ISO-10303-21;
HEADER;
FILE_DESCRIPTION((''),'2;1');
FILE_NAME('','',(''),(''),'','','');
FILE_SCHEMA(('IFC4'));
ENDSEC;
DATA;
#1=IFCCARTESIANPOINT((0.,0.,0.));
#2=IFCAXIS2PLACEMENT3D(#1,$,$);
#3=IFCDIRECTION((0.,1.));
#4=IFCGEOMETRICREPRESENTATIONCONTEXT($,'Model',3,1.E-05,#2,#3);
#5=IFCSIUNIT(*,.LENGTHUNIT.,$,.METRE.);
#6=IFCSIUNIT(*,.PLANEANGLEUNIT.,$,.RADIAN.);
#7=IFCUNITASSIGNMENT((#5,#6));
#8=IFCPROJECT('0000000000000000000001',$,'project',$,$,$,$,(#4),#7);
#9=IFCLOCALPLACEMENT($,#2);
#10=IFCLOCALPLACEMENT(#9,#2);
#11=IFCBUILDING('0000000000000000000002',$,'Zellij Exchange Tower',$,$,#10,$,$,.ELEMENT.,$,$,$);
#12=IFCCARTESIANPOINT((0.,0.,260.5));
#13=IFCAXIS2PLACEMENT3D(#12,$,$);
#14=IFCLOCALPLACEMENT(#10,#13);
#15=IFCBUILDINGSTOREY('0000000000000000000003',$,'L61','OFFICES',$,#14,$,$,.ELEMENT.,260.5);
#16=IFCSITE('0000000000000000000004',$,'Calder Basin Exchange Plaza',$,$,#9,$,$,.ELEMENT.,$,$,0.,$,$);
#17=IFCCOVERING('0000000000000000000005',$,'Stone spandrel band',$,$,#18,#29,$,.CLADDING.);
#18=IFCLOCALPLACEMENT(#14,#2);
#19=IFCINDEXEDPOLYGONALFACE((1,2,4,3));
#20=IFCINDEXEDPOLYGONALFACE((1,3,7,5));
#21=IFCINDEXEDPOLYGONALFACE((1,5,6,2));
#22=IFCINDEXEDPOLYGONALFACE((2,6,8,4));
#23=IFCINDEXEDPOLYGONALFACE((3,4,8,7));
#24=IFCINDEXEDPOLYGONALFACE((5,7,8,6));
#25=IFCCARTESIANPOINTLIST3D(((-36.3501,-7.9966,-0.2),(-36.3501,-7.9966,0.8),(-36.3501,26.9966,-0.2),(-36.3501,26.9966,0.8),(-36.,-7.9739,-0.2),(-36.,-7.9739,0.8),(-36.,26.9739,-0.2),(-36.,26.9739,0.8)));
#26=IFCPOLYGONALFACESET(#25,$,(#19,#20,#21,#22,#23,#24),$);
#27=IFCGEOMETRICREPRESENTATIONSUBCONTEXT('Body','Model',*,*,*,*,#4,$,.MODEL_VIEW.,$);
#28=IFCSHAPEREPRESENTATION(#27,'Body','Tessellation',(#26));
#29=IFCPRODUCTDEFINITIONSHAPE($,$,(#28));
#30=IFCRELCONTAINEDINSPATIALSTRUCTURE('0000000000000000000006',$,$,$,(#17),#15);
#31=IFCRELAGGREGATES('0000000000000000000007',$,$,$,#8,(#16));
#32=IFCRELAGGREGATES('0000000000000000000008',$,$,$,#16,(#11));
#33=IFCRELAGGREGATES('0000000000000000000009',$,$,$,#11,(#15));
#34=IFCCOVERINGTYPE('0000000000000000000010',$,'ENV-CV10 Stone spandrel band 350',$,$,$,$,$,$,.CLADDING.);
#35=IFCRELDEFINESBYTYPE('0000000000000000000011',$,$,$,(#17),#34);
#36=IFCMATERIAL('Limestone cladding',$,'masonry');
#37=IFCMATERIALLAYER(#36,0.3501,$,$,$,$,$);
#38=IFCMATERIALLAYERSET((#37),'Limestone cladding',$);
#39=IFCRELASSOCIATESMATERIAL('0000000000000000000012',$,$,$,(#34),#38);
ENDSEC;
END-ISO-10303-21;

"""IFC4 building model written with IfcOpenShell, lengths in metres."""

from ifc_helpers import new_model, si_unit, direction, frame, origin, place, context, subcontext, project, spatial, polyline, outline, extrude, material, layer, layer_set, type_object, element, save


model = new_model("IFC4")

# Units and contexts
model_context = context("Model", 3, precision=1e-05, world=origin(), true_north=direction((0.0, 1.0)))
body_context = subcontext(model_context, "Body", "Model", "MODEL_VIEW")
ifc_project = project(units=[si_unit("LENGTHUNIT", "METRE"), si_unit("PLANEANGLEUNIT", "RADIAN")], contexts=[model_context])

# Site, building, storey
site_placement = place(None, origin())
site = spatial("IfcSite", under=ifc_project, at=site_placement, Name="Calder Basin Exchange Plaza", CompositionType="ELEMENT", RefElevation=0.0)
building_placement = place(site_placement, origin())
building = spatial("IfcBuilding", under=site, at=building_placement, Name="Zellij Exchange Tower", CompositionType="ELEMENT")
storey_placement = place(building_placement, frame((0.0, 0.0, 260.5)))
storey = spatial("IfcBuildingStorey", under=building, at=storey_placement, Name="L61", Description="OFFICES", CompositionType="ELEMENT", Elevation=260.5)

# Covering
ifc_material_1 = material(Name="Limestone cladding", Category="masonry")
ifc_layer_1 = layer(ifc_material_1, 0.3501)
ifc_layer_set_1 = layer_set([ifc_layer_1], Name="Limestone cladding")
covering_type = type_object("IfcCoveringType", Name="ENV-CV10 Stone spandrel band 350", PredefinedType="CLADDING", material=ifc_layer_set_1)
covering_1_placement = place(storey_placement, frame((0.0, 0.0, -0.2)))
element("IfcCovering", 1, at=covering_1_placement, inside=storey, type_object=covering_type, Name="Stone spandrel band", PredefinedType="CLADDING", context=body_context, shape_type="SweptSolid", body=[
    extrude(outline(polyline([(-36.0, 26.9739), (-36.0, -7.9739), (-36.3501, -7.9966), (-36.3501, 26.9966), (-36.0, 26.9739)])), origin(), (0.0, 0.0, 1.0), 1.0),
])

save(model, "model.ifc")
